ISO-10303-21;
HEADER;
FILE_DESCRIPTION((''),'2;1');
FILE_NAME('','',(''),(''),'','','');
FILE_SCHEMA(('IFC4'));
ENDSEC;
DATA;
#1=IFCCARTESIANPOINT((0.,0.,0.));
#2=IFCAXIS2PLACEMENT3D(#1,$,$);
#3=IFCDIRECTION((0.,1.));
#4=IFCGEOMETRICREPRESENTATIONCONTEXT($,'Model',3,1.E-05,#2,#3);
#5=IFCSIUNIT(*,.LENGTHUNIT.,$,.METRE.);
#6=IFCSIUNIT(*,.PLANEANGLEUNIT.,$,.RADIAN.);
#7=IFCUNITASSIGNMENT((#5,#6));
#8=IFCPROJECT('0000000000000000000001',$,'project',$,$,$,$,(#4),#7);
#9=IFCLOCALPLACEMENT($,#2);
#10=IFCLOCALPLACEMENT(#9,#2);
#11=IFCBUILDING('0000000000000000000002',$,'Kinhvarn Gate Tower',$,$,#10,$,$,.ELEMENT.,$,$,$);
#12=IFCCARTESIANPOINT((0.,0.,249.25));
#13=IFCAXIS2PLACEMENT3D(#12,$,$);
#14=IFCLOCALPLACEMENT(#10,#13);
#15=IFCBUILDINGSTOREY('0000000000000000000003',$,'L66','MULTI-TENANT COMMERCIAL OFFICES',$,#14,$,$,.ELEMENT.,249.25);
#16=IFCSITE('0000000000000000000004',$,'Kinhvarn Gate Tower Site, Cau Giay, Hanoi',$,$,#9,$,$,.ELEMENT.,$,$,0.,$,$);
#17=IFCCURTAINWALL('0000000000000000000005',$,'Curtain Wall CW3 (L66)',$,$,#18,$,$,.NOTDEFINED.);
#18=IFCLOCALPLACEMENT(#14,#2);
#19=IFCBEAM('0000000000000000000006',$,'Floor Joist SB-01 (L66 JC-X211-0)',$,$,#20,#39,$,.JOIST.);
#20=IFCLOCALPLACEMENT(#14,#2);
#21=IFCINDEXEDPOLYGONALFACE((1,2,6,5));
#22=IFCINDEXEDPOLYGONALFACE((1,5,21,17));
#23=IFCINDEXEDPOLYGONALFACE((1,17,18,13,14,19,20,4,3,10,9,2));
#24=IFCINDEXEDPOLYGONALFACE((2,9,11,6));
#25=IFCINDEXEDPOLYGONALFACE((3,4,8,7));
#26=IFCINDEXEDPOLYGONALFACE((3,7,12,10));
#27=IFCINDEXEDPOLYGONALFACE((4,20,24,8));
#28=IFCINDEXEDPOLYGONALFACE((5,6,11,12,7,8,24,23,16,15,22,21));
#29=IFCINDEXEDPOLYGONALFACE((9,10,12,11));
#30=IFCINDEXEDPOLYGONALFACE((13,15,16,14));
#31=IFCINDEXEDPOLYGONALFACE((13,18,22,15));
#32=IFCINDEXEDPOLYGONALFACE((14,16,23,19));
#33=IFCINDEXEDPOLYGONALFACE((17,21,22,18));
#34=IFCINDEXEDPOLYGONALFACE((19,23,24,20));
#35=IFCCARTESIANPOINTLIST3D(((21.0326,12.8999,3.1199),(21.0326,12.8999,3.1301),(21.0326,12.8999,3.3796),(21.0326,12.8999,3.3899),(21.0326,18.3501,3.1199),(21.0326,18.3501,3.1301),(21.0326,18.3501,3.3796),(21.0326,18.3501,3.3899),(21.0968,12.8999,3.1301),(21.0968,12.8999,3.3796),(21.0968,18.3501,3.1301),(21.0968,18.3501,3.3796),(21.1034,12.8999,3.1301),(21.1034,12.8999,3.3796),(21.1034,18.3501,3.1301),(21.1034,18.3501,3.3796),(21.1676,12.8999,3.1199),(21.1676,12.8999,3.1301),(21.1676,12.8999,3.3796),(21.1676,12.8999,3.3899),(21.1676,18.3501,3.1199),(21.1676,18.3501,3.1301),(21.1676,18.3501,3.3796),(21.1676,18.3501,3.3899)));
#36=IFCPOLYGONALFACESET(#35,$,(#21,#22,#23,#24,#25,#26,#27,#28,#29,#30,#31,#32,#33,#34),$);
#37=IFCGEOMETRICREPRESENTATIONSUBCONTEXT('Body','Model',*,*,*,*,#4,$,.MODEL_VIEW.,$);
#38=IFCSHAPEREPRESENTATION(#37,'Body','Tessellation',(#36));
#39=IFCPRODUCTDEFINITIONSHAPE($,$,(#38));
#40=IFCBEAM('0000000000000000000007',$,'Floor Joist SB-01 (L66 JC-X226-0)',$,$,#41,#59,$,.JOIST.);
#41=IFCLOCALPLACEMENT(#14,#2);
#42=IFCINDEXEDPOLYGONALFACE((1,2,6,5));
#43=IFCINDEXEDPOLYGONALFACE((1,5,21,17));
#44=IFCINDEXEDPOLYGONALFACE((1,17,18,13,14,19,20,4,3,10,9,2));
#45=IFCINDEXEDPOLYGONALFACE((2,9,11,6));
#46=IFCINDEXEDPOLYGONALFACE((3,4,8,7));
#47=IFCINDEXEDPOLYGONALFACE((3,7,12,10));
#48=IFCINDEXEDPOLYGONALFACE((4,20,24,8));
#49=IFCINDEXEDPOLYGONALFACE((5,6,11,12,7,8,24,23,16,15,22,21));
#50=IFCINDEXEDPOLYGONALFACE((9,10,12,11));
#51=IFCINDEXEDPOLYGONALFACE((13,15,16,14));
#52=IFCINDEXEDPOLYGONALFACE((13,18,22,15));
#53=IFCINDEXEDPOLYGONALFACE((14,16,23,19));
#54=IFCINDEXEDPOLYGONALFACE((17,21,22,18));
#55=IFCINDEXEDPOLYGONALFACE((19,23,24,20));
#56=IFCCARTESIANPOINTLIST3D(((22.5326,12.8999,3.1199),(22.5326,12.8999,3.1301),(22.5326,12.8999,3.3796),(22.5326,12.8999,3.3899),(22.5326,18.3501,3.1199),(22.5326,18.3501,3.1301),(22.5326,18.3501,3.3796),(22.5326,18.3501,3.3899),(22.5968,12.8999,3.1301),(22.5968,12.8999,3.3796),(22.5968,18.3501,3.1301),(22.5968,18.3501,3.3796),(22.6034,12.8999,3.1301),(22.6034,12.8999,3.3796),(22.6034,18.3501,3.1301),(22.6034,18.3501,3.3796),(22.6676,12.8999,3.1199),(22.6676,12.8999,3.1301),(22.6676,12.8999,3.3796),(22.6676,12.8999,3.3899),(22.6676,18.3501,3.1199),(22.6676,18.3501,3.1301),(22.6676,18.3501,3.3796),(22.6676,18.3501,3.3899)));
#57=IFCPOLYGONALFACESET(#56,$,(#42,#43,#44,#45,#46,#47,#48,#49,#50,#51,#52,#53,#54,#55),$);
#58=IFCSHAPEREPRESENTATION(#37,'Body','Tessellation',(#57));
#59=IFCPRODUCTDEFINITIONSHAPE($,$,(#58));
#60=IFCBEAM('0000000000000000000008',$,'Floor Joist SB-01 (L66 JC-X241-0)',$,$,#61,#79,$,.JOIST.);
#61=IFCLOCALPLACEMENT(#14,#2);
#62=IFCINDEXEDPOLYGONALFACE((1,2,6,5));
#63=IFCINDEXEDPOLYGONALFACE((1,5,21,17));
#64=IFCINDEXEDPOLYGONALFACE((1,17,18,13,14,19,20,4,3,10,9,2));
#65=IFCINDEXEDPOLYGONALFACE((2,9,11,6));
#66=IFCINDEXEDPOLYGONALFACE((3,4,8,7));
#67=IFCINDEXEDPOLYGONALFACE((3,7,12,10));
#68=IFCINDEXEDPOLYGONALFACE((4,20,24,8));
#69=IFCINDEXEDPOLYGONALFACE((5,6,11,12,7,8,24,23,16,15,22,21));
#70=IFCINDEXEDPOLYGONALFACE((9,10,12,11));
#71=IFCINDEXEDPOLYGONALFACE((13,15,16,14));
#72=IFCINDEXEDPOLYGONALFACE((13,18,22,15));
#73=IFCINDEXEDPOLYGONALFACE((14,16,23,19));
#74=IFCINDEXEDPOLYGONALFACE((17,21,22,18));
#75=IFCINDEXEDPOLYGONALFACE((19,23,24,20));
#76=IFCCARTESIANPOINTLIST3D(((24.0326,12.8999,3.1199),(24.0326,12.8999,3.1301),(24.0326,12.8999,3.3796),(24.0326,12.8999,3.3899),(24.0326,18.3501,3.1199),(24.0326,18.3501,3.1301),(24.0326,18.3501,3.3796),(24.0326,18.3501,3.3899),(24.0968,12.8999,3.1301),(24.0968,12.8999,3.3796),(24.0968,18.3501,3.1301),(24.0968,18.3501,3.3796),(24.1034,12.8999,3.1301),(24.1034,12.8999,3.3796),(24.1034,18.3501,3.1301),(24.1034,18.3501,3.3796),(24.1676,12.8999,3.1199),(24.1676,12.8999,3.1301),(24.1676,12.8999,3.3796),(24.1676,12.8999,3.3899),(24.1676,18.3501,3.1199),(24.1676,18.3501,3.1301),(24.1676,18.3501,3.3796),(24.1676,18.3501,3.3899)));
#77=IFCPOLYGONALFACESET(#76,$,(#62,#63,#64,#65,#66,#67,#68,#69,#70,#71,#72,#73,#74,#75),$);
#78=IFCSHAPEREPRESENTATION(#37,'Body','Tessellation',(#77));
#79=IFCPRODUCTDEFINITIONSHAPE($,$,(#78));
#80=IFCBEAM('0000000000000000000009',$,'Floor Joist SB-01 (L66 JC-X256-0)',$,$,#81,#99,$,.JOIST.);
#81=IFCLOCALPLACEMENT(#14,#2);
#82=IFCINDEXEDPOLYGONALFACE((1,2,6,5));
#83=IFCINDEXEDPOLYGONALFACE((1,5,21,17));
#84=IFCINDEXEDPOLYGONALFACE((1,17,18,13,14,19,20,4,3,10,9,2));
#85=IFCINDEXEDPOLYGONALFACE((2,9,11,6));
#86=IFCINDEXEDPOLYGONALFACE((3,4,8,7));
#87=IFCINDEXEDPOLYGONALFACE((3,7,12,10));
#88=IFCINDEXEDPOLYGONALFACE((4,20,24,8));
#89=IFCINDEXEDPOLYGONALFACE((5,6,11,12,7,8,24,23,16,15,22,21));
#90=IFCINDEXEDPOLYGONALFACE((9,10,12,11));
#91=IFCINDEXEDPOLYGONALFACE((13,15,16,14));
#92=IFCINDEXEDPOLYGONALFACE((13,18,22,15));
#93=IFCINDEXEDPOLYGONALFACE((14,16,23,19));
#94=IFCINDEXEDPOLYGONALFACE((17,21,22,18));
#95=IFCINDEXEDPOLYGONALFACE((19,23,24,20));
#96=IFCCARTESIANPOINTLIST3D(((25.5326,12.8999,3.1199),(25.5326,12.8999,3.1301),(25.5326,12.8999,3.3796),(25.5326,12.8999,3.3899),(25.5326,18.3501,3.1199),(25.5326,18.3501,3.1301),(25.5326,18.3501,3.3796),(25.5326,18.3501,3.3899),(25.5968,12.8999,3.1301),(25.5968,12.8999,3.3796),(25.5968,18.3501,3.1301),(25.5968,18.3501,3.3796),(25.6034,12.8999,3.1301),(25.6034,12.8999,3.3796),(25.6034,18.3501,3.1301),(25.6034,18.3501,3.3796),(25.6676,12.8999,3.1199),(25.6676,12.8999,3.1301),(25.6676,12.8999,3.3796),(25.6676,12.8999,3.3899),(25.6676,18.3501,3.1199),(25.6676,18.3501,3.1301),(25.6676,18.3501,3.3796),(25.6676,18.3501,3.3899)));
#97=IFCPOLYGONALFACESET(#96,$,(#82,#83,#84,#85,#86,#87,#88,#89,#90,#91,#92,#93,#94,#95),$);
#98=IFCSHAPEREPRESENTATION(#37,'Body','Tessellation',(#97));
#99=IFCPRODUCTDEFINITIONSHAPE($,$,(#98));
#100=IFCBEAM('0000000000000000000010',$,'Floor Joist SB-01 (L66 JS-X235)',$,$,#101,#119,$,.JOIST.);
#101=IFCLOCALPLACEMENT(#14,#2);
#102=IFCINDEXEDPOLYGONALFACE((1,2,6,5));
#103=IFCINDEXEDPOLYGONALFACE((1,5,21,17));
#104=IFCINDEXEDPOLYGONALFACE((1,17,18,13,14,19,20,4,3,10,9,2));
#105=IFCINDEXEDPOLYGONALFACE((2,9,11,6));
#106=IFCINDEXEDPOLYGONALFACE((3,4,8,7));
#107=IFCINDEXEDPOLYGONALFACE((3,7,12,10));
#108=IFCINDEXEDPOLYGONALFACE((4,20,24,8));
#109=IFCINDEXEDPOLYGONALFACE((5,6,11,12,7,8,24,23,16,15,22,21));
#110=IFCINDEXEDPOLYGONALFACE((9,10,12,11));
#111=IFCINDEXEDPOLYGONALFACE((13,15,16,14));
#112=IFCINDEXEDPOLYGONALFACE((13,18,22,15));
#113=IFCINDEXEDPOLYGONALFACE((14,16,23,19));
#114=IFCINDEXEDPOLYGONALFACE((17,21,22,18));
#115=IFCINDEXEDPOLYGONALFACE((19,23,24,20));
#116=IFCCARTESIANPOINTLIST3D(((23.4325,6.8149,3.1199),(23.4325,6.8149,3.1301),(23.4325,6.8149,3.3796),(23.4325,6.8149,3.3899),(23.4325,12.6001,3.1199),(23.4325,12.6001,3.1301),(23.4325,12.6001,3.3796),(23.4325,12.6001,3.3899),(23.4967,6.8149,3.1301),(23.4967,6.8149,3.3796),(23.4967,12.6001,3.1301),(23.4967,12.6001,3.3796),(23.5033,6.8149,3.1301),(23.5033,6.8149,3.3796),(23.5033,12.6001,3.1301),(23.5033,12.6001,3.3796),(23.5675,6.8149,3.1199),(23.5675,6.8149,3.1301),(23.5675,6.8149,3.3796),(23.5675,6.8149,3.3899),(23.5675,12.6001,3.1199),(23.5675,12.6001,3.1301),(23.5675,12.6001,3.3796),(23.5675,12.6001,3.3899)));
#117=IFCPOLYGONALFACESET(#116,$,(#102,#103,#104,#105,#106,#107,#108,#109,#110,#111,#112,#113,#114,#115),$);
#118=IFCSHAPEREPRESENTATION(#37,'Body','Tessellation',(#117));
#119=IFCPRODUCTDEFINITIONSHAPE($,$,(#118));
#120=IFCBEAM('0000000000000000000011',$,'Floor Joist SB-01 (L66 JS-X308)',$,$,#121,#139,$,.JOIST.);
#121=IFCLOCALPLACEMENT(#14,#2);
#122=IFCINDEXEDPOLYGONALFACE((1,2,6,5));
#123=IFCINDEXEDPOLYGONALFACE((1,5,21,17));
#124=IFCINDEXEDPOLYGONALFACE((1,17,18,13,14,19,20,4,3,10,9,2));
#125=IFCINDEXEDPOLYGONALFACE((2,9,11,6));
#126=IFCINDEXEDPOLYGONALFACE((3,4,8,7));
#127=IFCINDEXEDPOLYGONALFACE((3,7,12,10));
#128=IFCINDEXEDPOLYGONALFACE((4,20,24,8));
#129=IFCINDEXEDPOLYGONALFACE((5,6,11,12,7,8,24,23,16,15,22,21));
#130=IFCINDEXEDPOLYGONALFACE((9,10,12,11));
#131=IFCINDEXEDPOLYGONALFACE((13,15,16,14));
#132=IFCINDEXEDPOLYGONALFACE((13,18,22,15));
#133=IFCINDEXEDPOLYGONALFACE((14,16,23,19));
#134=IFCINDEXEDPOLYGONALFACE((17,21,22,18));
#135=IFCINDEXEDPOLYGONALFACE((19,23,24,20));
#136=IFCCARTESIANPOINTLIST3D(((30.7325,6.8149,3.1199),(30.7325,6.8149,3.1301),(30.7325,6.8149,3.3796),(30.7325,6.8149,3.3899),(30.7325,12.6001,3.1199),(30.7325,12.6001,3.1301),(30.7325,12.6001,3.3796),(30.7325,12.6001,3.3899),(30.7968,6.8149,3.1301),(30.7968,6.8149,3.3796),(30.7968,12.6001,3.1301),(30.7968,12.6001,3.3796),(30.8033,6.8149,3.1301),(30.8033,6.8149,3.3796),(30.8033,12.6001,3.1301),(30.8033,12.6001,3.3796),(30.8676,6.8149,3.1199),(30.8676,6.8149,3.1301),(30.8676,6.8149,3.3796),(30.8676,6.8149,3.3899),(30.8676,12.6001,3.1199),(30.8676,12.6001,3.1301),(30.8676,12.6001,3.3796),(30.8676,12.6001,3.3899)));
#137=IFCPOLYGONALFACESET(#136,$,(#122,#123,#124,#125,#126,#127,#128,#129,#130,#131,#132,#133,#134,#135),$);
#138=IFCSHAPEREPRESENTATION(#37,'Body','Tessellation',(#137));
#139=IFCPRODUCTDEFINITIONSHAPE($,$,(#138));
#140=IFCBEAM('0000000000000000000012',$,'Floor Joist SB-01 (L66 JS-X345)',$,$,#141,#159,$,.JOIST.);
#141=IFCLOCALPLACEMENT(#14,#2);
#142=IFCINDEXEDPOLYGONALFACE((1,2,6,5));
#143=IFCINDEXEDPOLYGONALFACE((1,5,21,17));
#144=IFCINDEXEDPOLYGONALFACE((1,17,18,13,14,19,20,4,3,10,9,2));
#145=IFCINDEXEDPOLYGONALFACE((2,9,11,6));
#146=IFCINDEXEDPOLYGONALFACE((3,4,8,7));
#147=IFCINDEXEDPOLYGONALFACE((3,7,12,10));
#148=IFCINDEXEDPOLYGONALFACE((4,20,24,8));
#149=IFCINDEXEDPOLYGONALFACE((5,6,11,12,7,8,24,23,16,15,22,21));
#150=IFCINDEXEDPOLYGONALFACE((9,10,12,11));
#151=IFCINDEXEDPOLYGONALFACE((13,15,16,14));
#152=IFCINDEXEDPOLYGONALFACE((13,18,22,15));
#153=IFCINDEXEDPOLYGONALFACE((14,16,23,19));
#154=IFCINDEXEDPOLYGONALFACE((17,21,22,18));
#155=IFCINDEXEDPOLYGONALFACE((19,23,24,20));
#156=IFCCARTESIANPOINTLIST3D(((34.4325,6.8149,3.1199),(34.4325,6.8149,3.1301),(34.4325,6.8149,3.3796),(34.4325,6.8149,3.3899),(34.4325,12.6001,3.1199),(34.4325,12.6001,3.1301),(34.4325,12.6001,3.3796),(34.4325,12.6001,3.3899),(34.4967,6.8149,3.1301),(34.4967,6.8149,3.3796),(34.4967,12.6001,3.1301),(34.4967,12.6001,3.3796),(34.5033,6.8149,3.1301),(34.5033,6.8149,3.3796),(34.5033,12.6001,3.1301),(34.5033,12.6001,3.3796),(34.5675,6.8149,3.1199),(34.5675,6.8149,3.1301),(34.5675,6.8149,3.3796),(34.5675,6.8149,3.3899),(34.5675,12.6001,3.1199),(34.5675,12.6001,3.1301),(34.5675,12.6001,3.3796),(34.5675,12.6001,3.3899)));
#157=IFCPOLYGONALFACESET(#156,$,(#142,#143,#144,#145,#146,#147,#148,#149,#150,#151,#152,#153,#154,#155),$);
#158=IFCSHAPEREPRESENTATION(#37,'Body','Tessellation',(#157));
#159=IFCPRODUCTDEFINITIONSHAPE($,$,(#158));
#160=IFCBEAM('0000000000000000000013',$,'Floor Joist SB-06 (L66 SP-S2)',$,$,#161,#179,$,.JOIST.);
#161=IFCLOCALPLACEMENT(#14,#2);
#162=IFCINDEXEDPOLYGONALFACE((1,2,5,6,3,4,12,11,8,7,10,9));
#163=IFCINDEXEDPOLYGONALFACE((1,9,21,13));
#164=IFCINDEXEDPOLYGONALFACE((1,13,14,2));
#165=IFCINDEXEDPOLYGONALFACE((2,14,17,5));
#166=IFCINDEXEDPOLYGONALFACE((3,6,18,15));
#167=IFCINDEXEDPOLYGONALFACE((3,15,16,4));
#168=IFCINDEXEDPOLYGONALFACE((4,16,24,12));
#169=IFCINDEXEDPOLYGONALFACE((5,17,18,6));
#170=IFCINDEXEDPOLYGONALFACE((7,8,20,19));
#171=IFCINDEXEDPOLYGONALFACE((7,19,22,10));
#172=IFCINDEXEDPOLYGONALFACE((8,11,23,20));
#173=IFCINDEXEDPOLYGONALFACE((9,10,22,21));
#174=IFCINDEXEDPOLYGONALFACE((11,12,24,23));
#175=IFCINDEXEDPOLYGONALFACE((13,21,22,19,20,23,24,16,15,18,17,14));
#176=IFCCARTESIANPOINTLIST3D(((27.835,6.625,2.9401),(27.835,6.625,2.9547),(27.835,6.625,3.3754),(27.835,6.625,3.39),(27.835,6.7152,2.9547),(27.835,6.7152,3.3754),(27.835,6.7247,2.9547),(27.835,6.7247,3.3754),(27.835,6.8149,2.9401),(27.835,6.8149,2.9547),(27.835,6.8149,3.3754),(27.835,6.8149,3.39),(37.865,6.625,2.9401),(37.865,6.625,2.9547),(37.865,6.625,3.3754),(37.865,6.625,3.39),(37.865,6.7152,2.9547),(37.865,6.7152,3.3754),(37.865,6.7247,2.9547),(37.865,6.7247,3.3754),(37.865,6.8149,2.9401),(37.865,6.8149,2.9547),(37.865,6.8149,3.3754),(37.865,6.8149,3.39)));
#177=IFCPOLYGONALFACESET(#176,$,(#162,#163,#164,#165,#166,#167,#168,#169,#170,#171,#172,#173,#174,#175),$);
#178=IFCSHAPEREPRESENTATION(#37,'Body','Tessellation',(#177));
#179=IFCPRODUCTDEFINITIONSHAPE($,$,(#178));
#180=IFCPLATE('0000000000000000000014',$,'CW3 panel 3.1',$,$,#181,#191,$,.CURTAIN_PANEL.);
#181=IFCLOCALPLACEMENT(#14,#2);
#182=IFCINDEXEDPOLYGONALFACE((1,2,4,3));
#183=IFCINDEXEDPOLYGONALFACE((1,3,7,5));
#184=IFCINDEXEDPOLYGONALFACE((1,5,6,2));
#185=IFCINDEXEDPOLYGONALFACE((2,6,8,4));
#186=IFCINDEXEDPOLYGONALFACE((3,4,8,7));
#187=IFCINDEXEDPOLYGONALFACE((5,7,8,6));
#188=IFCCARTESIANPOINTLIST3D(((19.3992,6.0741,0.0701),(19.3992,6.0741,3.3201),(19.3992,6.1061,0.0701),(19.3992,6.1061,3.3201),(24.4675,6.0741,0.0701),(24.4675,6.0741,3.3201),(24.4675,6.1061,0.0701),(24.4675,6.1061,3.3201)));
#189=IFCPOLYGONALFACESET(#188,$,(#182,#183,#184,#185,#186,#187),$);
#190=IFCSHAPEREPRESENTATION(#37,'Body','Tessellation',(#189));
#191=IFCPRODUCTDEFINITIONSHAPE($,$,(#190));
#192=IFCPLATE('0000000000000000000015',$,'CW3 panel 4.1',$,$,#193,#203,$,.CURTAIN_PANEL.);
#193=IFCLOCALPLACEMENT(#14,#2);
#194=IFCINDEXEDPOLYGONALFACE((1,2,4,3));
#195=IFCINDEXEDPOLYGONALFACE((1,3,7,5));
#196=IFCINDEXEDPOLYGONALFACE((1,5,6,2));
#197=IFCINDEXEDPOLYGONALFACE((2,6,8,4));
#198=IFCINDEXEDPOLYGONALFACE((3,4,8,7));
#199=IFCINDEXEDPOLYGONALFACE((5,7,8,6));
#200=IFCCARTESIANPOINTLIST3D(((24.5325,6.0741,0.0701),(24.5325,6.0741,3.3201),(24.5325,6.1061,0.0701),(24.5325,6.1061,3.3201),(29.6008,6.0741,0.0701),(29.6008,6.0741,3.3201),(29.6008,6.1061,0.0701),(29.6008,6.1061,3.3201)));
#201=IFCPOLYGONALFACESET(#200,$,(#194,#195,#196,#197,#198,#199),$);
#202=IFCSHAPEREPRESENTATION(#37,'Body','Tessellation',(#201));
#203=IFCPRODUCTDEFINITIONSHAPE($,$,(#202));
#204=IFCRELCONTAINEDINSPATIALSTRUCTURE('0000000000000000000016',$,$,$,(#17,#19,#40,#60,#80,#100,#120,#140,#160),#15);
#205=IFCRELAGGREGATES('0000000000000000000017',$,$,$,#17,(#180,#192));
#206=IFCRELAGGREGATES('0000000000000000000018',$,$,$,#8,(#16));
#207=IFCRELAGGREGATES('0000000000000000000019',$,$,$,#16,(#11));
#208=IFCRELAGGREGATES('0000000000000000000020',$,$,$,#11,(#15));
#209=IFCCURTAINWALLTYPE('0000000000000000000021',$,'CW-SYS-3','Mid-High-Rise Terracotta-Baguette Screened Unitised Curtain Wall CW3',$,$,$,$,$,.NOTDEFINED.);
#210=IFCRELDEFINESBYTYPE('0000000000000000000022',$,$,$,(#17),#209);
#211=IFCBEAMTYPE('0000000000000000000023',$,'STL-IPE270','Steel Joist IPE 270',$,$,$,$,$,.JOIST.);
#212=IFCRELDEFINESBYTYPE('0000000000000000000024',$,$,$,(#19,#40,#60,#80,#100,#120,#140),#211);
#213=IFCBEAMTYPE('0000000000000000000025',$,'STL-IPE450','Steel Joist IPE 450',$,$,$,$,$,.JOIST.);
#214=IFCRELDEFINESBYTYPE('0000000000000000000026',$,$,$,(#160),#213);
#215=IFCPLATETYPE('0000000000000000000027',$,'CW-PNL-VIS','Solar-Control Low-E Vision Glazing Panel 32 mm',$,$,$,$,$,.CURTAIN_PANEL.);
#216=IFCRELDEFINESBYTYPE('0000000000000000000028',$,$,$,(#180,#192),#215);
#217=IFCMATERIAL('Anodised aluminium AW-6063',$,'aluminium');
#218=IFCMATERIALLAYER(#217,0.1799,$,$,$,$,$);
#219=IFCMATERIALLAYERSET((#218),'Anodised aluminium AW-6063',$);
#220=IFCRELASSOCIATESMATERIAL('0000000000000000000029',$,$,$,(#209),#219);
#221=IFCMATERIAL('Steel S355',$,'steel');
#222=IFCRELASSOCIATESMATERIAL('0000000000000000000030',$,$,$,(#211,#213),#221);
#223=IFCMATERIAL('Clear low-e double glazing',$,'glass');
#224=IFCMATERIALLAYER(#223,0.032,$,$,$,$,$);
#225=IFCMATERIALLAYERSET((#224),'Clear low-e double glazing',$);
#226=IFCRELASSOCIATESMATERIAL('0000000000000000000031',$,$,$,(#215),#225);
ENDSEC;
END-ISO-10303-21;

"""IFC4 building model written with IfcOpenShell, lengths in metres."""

from ifc_helpers import new_model, si_unit, direction, frame, origin, origin_2d, place, context, subcontext, project, spatial, rectangle, i_section, extrude, material, layer, layer_set, material_profile, profile_set, type_object, element, aggregate, save


model = new_model("IFC4")

# Units and contexts
model_context = context("Model", 3, precision=1e-05, world=origin(), true_north=direction((0.0, 1.0)))
body_context = subcontext(model_context, "Body", "Model", "MODEL_VIEW")
ifc_project = project(units=[si_unit("LENGTHUNIT", "METRE"), si_unit("PLANEANGLEUNIT", "RADIAN")], contexts=[model_context])

# Site, building, storey
site_placement = place(None, origin())
site = spatial("IfcSite", under=ifc_project, at=site_placement, Name="Kinhvarn Gate Tower Site, Cau Giay, Hanoi", CompositionType="ELEMENT", RefElevation=0.0)
building_placement = place(site_placement, origin())
building = spatial("IfcBuilding", under=site, at=building_placement, Name="Kinhvarn Gate Tower", CompositionType="ELEMENT")
storey_placement = place(building_placement, frame((0.0, 0.0, 249.25)))
storey = spatial("IfcBuildingStorey", under=building, at=storey_placement, Name="L66", Description="MULTI-TENANT COMMERCIAL OFFICES", CompositionType="ELEMENT", Elevation=249.25)

# Curtain wall
ifc_material_1 = material(Name="Anodised aluminium AW-6063", Category="aluminium")
ifc_layer_1 = layer(ifc_material_1, 0.1799)
ifc_layer_set_1 = layer_set([ifc_layer_1], Name="Anodised aluminium AW-6063")
curtain_wall_type = type_object("IfcCurtainWallType", Name="CW-SYS-3", Description="Mid-High-Rise Terracotta-Baguette Screened Unitised Curtain Wall CW3", PredefinedType="NOTDEFINED", material=ifc_layer_set_1)
curtain_wall_placement = place(storey_placement, origin())
curtain_wall = element("IfcCurtainWall", 1, at=curtain_wall_placement, inside=storey, type_object=curtain_wall_type, Name="Curtain Wall CW3 (L66)", PredefinedType="NOTDEFINED")

# Beams
ifc_material_2 = material(Name="Steel S355", Category="steel")
ifc_material_profile_1 = material_profile(ifc_material_2, i_section(OverallWidth=0.135, OverallDepth=0.27, WebThickness=0.0066, FlangeThickness=0.0103, at=origin_2d()), Name="IPE 270")
ifc_profile_set_1 = profile_set([ifc_material_profile_1], Name="Steel S355")
beam_type_1 = type_object("IfcBeamType", Name="STL-IPE270", Description="Steel Joist IPE 270", PredefinedType="JOIST", material=ifc_profile_set_1)
for number, where, z_axis, x_axis, name in (
    (2, (21.1001, 12.8999, 3.2549), (0.0, 1.0, 0.0), (-1.0, 0.0, 0.0), "Floor Joist SB-01 (L66 JC-X211-0)"),
    (3, (22.6001, 12.8999, 3.2549), (0.0, 1.0, 0.0), (-1.0, 0.0, 0.0), "Floor Joist SB-01 (L66 JC-X226-0)"),
    (4, (24.1001, 12.8999, 3.2549), (0.0, 1.0, 0.0), (-1.0, 0.0, 0.0), "Floor Joist SB-01 (L66 JC-X241-0)"),
    (5, (25.6001, 12.8999, 3.2549), (0.0, 1.0, 0.0), (-1.0, 0.0, 0.0), "Floor Joist SB-01 (L66 JC-X256-0)"),
):
    element("IfcBeam", number, at=place(storey_placement, frame(where, z_axis=z_axis, x_axis=x_axis)), inside=storey, type_object=beam_type_1, Name=name, PredefinedType="JOIST", context=body_context, shape_type="SweptSolid", body=[
        extrude(i_section(OverallWidth=0.135, OverallDepth=0.27, WebThickness=0.0066, FlangeThickness=0.0103, at=origin_2d()), origin(), (0.0, 0.0, 1.0), 5.4502),
    ])
for number, where, z_axis, x_axis, name in (
    (6, (23.5, 6.8149, 3.2549), (0.0, 1.0, 0.0), (-1.0, 0.0, 0.0), "Floor Joist SB-01 (L66 JS-X235)"),
    (7, (30.8, 6.8149, 3.2549), (0.0, 1.0, 0.0), (-1.0, 0.0, 0.0), "Floor Joist SB-01 (L66 JS-X308)"),
    (8, (34.5, 6.8149, 3.2549), (0.0, 1.0, 0.0), (-1.0, 0.0, 0.0), "Floor Joist SB-01 (L66 JS-X345)"),
):
    element("IfcBeam", number, at=place(storey_placement, frame(where, z_axis=z_axis, x_axis=x_axis)), inside=storey, type_object=beam_type_1, Name=name, PredefinedType="JOIST", context=body_context, shape_type="SweptSolid", body=[
        extrude(i_section(OverallWidth=0.135, OverallDepth=0.27, WebThickness=0.0066, FlangeThickness=0.0103, at=origin_2d()), origin(), (0.0, 0.0, 1.0), 5.7852),
    ])
ifc_material_profile_2 = material_profile(ifc_material_2, i_section(OverallWidth=0.1899, OverallDepth=0.45, WebThickness=0.0095, FlangeThickness=0.0146, at=origin_2d()), Name="IPE 450")
ifc_profile_set_2 = profile_set([ifc_material_profile_2], Name="Steel S355")
beam_type_2 = type_object("IfcBeamType", Name="STL-IPE450", Description="Steel Joist IPE 450", PredefinedType="JOIST", material=ifc_profile_set_2)
beam_1_placement = place(storey_placement, frame((27.835, 6.72, 3.165), z_axis=(1.0, 0.0, 0.0), x_axis=(0.0, 1.0, 0.0)))
element("IfcBeam", 9, at=beam_1_placement, inside=storey, type_object=beam_type_2, Name="Floor Joist SB-06 (L66 SP-S2)", PredefinedType="JOIST", context=body_context, shape_type="SweptSolid", body=[
    extrude(i_section(OverallWidth=0.1899, OverallDepth=0.45, WebThickness=0.0095, FlangeThickness=0.0146, at=origin_2d()), origin(), (0.0, 0.0, 1.0), 10.03),
])

# Plates
ifc_material_3 = material(Name="Clear low-e double glazing", Category="glass")
ifc_layer_2 = layer(ifc_material_3, 0.032)
ifc_layer_set_2 = layer_set([ifc_layer_2], Name="Clear low-e double glazing")
plate_type = type_object("IfcPlateType", Name="CW-PNL-VIS", Description="Solar-Control Low-E Vision Glazing Panel 32 mm", PredefinedType="CURTAIN_PANEL", material=ifc_layer_set_2)
plate_1_placement = place(storey_placement, frame((21.9333, 6.0901, 0.0701), z_axis=(0.0, 0.0, 1.0), x_axis=(1.0, 0.0, 0.0)))
plate_1 = element("IfcPlate", 10, at=plate_1_placement, type_object=plate_type, Name="CW3 panel 3.1", PredefinedType="CURTAIN_PANEL", context=body_context, shape_type="SweptSolid", body=[
    extrude(rectangle(XDim=5.0684, YDim=0.032, at=origin_2d()), origin(), (0.0, 0.0, 1.0), 3.25),
])
plate_2_placement = place(storey_placement, frame((27.0667, 6.0901, 0.0701), z_axis=(0.0, 0.0, 1.0), x_axis=(1.0, 0.0, 0.0)))
plate_2 = element("IfcPlate", 11, at=plate_2_placement, type_object=plate_type, Name="CW3 panel 4.1", PredefinedType="CURTAIN_PANEL", context=body_context, shape_type="SweptSolid", body=[
    extrude(rectangle(XDim=5.0684, YDim=0.032, at=origin_2d()), origin(), (0.0, 0.0, 1.0), 3.25),
])
aggregate(curtain_wall, [plate_1, plate_2])

save(model, "model.ifc")
